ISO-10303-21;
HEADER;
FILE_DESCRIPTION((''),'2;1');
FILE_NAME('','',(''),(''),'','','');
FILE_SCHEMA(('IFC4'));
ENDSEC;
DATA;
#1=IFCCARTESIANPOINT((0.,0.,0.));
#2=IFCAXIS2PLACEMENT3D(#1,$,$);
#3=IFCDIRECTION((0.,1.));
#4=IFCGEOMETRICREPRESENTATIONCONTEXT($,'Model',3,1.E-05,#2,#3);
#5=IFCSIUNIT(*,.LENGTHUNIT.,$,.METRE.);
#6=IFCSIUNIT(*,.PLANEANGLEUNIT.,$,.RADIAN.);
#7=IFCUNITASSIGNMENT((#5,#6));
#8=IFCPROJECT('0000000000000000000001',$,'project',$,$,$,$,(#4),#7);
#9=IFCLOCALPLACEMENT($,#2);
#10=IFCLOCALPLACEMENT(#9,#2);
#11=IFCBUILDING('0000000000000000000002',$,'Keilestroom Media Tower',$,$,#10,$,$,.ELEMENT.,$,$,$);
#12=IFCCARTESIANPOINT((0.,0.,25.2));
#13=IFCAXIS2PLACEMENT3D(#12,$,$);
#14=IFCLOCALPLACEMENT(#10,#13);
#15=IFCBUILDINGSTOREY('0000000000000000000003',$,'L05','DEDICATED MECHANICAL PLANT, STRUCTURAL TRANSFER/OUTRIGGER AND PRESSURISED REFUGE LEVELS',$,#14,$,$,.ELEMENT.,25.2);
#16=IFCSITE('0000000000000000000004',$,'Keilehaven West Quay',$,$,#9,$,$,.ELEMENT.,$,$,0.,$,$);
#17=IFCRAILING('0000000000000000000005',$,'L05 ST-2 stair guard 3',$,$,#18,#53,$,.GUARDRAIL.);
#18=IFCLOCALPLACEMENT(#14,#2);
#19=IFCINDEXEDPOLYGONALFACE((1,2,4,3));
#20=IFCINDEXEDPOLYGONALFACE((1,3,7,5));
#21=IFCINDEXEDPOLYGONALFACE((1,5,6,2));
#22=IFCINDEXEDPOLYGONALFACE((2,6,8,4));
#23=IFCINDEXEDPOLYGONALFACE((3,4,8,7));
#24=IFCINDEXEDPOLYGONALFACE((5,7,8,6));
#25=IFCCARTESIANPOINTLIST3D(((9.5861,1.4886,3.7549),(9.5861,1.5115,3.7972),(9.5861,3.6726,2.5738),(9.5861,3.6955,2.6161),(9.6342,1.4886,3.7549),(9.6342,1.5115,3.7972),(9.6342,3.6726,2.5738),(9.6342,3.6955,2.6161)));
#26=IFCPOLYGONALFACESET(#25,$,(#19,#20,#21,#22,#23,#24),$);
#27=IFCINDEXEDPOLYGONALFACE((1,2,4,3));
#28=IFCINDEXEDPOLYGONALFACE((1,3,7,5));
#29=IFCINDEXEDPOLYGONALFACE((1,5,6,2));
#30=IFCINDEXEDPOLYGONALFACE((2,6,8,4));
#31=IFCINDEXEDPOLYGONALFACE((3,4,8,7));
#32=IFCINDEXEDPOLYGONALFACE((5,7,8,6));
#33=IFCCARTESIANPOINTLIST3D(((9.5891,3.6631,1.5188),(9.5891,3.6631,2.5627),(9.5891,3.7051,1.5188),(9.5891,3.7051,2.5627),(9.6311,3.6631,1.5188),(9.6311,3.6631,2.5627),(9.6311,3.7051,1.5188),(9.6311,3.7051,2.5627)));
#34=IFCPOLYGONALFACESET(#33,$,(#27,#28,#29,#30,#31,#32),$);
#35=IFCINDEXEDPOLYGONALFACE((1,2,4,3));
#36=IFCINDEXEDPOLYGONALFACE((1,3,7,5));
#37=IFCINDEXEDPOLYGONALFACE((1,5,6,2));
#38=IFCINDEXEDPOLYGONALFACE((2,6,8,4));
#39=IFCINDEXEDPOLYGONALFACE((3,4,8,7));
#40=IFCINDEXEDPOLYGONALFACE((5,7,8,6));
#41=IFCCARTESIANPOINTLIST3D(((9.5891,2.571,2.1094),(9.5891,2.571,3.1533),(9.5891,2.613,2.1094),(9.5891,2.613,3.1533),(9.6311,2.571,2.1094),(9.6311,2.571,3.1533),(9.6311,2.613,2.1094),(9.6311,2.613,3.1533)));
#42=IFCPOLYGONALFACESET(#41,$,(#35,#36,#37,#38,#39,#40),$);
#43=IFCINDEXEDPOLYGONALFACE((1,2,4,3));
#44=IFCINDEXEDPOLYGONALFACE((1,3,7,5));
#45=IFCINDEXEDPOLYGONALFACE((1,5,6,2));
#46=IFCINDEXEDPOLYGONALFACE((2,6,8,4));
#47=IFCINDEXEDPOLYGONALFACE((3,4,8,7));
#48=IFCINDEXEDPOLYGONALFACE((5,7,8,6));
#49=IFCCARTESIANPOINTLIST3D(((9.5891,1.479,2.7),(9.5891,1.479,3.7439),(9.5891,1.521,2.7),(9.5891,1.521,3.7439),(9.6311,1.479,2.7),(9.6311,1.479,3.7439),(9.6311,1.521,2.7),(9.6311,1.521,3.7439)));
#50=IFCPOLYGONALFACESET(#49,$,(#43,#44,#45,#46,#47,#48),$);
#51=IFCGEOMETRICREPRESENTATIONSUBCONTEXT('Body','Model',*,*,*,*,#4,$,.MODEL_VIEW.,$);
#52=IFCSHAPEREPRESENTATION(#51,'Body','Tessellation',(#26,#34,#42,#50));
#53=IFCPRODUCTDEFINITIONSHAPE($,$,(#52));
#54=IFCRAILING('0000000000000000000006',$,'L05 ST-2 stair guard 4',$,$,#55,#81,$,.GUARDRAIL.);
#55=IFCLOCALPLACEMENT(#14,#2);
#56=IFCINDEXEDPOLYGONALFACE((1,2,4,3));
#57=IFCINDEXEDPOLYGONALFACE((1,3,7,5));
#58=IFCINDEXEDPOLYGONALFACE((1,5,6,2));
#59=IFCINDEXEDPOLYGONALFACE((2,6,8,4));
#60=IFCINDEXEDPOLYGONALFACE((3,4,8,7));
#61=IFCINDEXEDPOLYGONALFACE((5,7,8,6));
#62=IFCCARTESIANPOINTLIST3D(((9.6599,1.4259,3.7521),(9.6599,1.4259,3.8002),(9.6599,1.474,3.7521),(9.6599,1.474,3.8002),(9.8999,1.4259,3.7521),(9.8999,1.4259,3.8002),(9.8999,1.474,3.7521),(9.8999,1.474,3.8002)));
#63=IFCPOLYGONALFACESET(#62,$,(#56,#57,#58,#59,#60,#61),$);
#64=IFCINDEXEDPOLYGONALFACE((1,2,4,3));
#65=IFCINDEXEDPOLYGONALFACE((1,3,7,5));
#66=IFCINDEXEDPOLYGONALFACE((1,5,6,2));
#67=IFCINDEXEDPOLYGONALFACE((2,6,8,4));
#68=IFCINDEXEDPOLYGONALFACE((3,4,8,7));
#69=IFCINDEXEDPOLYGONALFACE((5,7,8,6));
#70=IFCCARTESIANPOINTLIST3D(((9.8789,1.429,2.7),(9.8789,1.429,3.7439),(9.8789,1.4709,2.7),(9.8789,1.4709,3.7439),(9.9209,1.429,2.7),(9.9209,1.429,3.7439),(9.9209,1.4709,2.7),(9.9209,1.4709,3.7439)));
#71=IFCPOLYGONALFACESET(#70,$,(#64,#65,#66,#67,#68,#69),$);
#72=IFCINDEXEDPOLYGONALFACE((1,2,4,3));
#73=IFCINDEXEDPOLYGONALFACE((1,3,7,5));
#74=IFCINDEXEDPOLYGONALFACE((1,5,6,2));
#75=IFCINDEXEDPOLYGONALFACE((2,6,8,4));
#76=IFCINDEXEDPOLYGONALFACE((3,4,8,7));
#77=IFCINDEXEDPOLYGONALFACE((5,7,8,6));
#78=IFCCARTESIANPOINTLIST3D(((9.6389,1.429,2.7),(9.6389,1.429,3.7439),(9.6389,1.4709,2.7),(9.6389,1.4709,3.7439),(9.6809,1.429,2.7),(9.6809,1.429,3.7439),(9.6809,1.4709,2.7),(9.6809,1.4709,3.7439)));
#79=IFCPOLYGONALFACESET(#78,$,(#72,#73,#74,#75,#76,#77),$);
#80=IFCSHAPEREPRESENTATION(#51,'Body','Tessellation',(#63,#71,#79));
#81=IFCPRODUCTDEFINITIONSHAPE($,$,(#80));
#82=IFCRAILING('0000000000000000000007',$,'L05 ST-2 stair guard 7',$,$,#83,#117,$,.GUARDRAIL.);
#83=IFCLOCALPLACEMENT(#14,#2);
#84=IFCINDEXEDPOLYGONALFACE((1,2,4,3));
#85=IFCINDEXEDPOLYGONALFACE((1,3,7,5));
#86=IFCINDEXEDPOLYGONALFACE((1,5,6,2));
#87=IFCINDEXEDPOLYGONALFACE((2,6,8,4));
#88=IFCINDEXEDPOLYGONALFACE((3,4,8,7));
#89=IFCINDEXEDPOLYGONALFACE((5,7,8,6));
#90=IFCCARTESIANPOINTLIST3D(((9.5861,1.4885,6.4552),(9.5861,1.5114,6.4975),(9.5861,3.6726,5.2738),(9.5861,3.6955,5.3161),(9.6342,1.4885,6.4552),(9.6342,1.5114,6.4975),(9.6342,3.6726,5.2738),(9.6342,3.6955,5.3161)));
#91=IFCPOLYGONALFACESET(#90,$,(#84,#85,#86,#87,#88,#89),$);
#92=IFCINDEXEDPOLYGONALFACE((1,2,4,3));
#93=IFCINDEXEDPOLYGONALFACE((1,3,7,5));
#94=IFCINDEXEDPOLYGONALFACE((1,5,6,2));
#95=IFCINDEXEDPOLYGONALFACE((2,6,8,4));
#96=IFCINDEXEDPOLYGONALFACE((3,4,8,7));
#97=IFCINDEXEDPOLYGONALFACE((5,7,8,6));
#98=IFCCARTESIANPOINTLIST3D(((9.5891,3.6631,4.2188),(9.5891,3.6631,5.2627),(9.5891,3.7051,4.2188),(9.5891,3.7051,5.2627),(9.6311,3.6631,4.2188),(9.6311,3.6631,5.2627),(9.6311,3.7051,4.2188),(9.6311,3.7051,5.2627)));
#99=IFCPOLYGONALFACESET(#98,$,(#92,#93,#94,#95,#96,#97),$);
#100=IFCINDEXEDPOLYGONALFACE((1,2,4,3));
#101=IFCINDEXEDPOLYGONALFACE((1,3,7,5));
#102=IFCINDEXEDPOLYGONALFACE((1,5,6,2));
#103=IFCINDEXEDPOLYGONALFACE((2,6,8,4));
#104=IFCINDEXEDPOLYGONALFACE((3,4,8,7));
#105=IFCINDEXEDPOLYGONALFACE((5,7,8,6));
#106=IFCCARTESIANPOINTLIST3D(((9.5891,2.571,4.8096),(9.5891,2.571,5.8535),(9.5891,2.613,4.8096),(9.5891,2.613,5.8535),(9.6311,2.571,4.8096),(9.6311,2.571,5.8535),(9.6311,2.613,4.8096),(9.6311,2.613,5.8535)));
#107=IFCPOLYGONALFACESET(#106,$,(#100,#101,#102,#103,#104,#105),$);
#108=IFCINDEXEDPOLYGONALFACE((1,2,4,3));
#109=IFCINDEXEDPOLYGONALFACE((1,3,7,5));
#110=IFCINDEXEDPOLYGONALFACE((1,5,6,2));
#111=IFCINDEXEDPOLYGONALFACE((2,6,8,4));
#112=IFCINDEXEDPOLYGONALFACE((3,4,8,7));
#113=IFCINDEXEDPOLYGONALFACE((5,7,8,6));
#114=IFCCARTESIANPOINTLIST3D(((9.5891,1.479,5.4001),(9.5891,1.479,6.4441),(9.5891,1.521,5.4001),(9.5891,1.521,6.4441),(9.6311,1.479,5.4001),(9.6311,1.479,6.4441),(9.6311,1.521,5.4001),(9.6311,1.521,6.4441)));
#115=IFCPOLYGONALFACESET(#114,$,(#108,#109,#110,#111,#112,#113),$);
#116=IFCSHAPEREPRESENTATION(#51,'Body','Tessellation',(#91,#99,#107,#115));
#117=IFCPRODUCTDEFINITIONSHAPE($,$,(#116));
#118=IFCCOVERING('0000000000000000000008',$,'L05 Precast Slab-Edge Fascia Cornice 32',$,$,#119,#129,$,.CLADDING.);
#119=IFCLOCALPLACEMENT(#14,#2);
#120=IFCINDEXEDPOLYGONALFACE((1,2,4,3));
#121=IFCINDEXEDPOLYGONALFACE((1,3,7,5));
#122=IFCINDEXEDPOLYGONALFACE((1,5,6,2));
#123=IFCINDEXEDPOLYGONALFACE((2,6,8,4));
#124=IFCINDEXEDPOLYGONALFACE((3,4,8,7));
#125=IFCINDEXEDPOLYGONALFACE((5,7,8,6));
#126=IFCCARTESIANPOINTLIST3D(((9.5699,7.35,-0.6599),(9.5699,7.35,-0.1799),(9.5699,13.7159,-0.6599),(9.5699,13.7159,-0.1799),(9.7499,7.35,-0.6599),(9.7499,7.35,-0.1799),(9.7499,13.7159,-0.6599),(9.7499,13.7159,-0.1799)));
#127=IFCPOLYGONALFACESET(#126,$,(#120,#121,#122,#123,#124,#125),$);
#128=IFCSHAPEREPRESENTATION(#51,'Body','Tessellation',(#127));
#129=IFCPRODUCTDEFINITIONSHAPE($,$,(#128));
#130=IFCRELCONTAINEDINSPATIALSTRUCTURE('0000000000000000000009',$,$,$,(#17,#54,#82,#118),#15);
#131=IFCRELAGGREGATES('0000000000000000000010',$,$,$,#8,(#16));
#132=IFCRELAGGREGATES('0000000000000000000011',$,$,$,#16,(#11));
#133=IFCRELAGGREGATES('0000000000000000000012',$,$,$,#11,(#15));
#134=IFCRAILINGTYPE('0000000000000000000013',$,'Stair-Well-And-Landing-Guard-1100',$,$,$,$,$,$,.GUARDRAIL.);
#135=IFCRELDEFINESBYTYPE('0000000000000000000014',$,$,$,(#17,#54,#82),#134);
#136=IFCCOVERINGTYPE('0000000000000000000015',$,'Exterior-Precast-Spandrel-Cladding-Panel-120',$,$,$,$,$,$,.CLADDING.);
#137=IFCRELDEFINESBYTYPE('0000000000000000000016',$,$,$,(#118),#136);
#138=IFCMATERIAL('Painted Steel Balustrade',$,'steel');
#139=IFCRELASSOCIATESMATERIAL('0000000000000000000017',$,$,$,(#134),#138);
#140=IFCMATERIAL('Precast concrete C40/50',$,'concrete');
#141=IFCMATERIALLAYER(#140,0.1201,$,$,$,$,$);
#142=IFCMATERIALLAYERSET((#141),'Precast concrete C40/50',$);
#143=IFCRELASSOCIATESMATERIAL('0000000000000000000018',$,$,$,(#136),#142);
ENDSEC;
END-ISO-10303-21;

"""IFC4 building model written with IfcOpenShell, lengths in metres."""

from ifc_helpers import new_model, si_unit, direction, frame, origin, origin_2d, place, context, subcontext, project, spatial, rectangle, extrude, source, transform, mapped, material, layer, layer_set, type_object, element, save


model = new_model("IFC4")

# Units and contexts
model_context = context("Model", 3, precision=1e-05, world=origin(), true_north=direction((0.0, 1.0)))
body_context = subcontext(model_context, "Body", "Model", "MODEL_VIEW")
ifc_project = project(units=[si_unit("LENGTHUNIT", "METRE"), si_unit("PLANEANGLEUNIT", "RADIAN")], contexts=[model_context])

# Site, building, storey
site_placement = place(None, origin())
site = spatial("IfcSite", under=ifc_project, at=site_placement, Name="Keilehaven West Quay", CompositionType="ELEMENT", RefElevation=0.0)
building_placement = place(site_placement, origin())
building = spatial("IfcBuilding", under=site, at=building_placement, Name="Keilestroom Media Tower", CompositionType="ELEMENT")
storey_placement = place(building_placement, frame((0.0, 0.0, 25.2)))
storey = spatial("IfcBuildingStorey", under=building, at=storey_placement, Name="L05", Description="DEDICATED MECHANICAL PLANT, STRUCTURAL TRANSFER/OUTRIGGER AND PRESSURISED REFUGE LEVELS", CompositionType="ELEMENT", Elevation=25.2)

# Shared definitions
ifc_material_1 = material(Name="Precast concrete C40/50", Category="concrete")

# Railings
ifc_material_2 = material(Name="Painted Steel Balustrade", Category="steel")
railing_type_1 = type_object("IfcRailingType", Name="Stair-Well-And-Landing-Guard-1100", PredefinedType="GUARDRAIL", material=ifc_material_2)
railing_1_placement = place(storey_placement, frame((9.6101, 3.6841, 1.5188)))
element("IfcRailing", 1, at=railing_1_placement, inside=storey, type_object=railing_type_1, Name="L05 ST-2 stair guard 3", PredefinedType="GUARDRAIL", context=body_context, shape_type="SweptSolid", body=[
    extrude(rectangle(XDim=0.0481, YDim=0.0481, at=origin_2d()), frame((0.0, 0.0, 1.0762), z_axis=(0.0, -0.879611, 0.475694), x_axis=(1.0, 0.0, 0.0)), (0.0, 0.0, 1.0), 2.4829),
    extrude(rectangle(XDim=0.042, YDim=0.042, at=origin_2d()), origin(), (0.0, 0.0, 1.0), 1.0439),
    extrude(rectangle(XDim=0.042, YDim=0.042, at=origin_2d()), frame((0.0, -1.092, 0.5906)), (0.0, 0.0, 1.0), 1.0439),
    extrude(rectangle(XDim=0.042, YDim=0.042, at=origin_2d()), frame((0.0, -2.1841, 1.1812)), (0.0, 0.0, 1.0), 1.0439),
])
railing_2_placement = place(storey_placement, frame((9.8999, 1.45, 2.7)))
element("IfcRailing", 2, at=railing_2_placement, inside=storey, type_object=railing_type_1, Name="L05 ST-2 stair guard 4", PredefinedType="GUARDRAIL", context=body_context, shape_type="SweptSolid", body=[
    extrude(rectangle(XDim=0.0481, YDim=0.0481, at=origin_2d()), frame((0.0, 0.0, 1.0762), z_axis=(-1.0, 0.0, 0.0), x_axis=(0.0, -1.0, 0.0)), (0.0, 0.0, 1.0), 0.24),
    extrude(rectangle(XDim=0.042, YDim=0.042, at=origin_2d()), origin(), (0.0, 0.0, 1.0), 1.0439),
    extrude(rectangle(XDim=0.042, YDim=0.042, at=origin_2d()), frame((-0.24, 0.0, 0.0)), (0.0, 0.0, 1.0), 1.0439),
])
railing_3_placement = place(storey_placement, frame((9.6101, 3.6841, 4.2188)))
element("IfcRailing", 3, at=railing_3_placement, inside=storey, type_object=railing_type_1, Name="L05 ST-2 stair guard 7", PredefinedType="GUARDRAIL", context=body_context, shape_type="SweptSolid", body=[
    extrude(rectangle(XDim=0.0481, YDim=0.0481, at=origin_2d()), frame((0.0, 0.0, 1.0762), z_axis=(0.0, -0.87957, 0.47577), x_axis=(1.0, 0.0, 0.0)), (0.0, 0.0, 1.0), 2.4832),
    extrude(rectangle(XDim=0.042, YDim=0.042, at=origin_2d()), origin(), (0.0, 0.0, 1.0), 1.0439),
    extrude(rectangle(XDim=0.042, YDim=0.042, at=origin_2d()), frame((0.0, -1.092, 0.5908)), (0.0, 0.0, 1.0), 1.0439),
    extrude(rectangle(XDim=0.042, YDim=0.042, at=origin_2d()), frame((0.0, -2.1841, 1.1814)), (0.0, 0.0, 1.0), 1.0439),
])

# Covering
ifc_layer_1 = layer(ifc_material_1, 0.1201)
ifc_layer_set_1 = layer_set([ifc_layer_1], Name="Precast concrete C40/50")
covering_type = type_object("IfcCoveringType", Name="Exterior-Precast-Spandrel-Cladding-Panel-120", PredefinedType="CLADDING", material=ifc_layer_set_1)
shared_shape_1 = source(origin(), body_context, "Body", "SweptSolid", [
    extrude(rectangle(XDim=6.366, YDim=0.1799, at=origin_2d()), origin(), (0.0, 0.0, 1.0), 0.48),
])
covering_placement = place(storey_placement, frame((9.6599, 10.533, -0.6599), z_axis=(0.0, 0.0, 1.0), x_axis=(0.0, -1.0, 0.0)))
element("IfcCovering", 4, at=covering_placement, inside=storey, type_object=covering_type, Name="L05 Precast Slab-Edge Fascia Cornice 32", PredefinedType="CLADDING", context=body_context, shape_type="MappedRepresentation", body=[
    mapped(shared_shape_1, transform((0.0, 0.0, 0.0), x_axis=(1.0, 0.0, 0.0), y_axis=(0.0, 1.0, 0.0), z_axis=(0.0, 0.0, 1.0), scale=1.0)),
])

save(model, "model.ifc")
